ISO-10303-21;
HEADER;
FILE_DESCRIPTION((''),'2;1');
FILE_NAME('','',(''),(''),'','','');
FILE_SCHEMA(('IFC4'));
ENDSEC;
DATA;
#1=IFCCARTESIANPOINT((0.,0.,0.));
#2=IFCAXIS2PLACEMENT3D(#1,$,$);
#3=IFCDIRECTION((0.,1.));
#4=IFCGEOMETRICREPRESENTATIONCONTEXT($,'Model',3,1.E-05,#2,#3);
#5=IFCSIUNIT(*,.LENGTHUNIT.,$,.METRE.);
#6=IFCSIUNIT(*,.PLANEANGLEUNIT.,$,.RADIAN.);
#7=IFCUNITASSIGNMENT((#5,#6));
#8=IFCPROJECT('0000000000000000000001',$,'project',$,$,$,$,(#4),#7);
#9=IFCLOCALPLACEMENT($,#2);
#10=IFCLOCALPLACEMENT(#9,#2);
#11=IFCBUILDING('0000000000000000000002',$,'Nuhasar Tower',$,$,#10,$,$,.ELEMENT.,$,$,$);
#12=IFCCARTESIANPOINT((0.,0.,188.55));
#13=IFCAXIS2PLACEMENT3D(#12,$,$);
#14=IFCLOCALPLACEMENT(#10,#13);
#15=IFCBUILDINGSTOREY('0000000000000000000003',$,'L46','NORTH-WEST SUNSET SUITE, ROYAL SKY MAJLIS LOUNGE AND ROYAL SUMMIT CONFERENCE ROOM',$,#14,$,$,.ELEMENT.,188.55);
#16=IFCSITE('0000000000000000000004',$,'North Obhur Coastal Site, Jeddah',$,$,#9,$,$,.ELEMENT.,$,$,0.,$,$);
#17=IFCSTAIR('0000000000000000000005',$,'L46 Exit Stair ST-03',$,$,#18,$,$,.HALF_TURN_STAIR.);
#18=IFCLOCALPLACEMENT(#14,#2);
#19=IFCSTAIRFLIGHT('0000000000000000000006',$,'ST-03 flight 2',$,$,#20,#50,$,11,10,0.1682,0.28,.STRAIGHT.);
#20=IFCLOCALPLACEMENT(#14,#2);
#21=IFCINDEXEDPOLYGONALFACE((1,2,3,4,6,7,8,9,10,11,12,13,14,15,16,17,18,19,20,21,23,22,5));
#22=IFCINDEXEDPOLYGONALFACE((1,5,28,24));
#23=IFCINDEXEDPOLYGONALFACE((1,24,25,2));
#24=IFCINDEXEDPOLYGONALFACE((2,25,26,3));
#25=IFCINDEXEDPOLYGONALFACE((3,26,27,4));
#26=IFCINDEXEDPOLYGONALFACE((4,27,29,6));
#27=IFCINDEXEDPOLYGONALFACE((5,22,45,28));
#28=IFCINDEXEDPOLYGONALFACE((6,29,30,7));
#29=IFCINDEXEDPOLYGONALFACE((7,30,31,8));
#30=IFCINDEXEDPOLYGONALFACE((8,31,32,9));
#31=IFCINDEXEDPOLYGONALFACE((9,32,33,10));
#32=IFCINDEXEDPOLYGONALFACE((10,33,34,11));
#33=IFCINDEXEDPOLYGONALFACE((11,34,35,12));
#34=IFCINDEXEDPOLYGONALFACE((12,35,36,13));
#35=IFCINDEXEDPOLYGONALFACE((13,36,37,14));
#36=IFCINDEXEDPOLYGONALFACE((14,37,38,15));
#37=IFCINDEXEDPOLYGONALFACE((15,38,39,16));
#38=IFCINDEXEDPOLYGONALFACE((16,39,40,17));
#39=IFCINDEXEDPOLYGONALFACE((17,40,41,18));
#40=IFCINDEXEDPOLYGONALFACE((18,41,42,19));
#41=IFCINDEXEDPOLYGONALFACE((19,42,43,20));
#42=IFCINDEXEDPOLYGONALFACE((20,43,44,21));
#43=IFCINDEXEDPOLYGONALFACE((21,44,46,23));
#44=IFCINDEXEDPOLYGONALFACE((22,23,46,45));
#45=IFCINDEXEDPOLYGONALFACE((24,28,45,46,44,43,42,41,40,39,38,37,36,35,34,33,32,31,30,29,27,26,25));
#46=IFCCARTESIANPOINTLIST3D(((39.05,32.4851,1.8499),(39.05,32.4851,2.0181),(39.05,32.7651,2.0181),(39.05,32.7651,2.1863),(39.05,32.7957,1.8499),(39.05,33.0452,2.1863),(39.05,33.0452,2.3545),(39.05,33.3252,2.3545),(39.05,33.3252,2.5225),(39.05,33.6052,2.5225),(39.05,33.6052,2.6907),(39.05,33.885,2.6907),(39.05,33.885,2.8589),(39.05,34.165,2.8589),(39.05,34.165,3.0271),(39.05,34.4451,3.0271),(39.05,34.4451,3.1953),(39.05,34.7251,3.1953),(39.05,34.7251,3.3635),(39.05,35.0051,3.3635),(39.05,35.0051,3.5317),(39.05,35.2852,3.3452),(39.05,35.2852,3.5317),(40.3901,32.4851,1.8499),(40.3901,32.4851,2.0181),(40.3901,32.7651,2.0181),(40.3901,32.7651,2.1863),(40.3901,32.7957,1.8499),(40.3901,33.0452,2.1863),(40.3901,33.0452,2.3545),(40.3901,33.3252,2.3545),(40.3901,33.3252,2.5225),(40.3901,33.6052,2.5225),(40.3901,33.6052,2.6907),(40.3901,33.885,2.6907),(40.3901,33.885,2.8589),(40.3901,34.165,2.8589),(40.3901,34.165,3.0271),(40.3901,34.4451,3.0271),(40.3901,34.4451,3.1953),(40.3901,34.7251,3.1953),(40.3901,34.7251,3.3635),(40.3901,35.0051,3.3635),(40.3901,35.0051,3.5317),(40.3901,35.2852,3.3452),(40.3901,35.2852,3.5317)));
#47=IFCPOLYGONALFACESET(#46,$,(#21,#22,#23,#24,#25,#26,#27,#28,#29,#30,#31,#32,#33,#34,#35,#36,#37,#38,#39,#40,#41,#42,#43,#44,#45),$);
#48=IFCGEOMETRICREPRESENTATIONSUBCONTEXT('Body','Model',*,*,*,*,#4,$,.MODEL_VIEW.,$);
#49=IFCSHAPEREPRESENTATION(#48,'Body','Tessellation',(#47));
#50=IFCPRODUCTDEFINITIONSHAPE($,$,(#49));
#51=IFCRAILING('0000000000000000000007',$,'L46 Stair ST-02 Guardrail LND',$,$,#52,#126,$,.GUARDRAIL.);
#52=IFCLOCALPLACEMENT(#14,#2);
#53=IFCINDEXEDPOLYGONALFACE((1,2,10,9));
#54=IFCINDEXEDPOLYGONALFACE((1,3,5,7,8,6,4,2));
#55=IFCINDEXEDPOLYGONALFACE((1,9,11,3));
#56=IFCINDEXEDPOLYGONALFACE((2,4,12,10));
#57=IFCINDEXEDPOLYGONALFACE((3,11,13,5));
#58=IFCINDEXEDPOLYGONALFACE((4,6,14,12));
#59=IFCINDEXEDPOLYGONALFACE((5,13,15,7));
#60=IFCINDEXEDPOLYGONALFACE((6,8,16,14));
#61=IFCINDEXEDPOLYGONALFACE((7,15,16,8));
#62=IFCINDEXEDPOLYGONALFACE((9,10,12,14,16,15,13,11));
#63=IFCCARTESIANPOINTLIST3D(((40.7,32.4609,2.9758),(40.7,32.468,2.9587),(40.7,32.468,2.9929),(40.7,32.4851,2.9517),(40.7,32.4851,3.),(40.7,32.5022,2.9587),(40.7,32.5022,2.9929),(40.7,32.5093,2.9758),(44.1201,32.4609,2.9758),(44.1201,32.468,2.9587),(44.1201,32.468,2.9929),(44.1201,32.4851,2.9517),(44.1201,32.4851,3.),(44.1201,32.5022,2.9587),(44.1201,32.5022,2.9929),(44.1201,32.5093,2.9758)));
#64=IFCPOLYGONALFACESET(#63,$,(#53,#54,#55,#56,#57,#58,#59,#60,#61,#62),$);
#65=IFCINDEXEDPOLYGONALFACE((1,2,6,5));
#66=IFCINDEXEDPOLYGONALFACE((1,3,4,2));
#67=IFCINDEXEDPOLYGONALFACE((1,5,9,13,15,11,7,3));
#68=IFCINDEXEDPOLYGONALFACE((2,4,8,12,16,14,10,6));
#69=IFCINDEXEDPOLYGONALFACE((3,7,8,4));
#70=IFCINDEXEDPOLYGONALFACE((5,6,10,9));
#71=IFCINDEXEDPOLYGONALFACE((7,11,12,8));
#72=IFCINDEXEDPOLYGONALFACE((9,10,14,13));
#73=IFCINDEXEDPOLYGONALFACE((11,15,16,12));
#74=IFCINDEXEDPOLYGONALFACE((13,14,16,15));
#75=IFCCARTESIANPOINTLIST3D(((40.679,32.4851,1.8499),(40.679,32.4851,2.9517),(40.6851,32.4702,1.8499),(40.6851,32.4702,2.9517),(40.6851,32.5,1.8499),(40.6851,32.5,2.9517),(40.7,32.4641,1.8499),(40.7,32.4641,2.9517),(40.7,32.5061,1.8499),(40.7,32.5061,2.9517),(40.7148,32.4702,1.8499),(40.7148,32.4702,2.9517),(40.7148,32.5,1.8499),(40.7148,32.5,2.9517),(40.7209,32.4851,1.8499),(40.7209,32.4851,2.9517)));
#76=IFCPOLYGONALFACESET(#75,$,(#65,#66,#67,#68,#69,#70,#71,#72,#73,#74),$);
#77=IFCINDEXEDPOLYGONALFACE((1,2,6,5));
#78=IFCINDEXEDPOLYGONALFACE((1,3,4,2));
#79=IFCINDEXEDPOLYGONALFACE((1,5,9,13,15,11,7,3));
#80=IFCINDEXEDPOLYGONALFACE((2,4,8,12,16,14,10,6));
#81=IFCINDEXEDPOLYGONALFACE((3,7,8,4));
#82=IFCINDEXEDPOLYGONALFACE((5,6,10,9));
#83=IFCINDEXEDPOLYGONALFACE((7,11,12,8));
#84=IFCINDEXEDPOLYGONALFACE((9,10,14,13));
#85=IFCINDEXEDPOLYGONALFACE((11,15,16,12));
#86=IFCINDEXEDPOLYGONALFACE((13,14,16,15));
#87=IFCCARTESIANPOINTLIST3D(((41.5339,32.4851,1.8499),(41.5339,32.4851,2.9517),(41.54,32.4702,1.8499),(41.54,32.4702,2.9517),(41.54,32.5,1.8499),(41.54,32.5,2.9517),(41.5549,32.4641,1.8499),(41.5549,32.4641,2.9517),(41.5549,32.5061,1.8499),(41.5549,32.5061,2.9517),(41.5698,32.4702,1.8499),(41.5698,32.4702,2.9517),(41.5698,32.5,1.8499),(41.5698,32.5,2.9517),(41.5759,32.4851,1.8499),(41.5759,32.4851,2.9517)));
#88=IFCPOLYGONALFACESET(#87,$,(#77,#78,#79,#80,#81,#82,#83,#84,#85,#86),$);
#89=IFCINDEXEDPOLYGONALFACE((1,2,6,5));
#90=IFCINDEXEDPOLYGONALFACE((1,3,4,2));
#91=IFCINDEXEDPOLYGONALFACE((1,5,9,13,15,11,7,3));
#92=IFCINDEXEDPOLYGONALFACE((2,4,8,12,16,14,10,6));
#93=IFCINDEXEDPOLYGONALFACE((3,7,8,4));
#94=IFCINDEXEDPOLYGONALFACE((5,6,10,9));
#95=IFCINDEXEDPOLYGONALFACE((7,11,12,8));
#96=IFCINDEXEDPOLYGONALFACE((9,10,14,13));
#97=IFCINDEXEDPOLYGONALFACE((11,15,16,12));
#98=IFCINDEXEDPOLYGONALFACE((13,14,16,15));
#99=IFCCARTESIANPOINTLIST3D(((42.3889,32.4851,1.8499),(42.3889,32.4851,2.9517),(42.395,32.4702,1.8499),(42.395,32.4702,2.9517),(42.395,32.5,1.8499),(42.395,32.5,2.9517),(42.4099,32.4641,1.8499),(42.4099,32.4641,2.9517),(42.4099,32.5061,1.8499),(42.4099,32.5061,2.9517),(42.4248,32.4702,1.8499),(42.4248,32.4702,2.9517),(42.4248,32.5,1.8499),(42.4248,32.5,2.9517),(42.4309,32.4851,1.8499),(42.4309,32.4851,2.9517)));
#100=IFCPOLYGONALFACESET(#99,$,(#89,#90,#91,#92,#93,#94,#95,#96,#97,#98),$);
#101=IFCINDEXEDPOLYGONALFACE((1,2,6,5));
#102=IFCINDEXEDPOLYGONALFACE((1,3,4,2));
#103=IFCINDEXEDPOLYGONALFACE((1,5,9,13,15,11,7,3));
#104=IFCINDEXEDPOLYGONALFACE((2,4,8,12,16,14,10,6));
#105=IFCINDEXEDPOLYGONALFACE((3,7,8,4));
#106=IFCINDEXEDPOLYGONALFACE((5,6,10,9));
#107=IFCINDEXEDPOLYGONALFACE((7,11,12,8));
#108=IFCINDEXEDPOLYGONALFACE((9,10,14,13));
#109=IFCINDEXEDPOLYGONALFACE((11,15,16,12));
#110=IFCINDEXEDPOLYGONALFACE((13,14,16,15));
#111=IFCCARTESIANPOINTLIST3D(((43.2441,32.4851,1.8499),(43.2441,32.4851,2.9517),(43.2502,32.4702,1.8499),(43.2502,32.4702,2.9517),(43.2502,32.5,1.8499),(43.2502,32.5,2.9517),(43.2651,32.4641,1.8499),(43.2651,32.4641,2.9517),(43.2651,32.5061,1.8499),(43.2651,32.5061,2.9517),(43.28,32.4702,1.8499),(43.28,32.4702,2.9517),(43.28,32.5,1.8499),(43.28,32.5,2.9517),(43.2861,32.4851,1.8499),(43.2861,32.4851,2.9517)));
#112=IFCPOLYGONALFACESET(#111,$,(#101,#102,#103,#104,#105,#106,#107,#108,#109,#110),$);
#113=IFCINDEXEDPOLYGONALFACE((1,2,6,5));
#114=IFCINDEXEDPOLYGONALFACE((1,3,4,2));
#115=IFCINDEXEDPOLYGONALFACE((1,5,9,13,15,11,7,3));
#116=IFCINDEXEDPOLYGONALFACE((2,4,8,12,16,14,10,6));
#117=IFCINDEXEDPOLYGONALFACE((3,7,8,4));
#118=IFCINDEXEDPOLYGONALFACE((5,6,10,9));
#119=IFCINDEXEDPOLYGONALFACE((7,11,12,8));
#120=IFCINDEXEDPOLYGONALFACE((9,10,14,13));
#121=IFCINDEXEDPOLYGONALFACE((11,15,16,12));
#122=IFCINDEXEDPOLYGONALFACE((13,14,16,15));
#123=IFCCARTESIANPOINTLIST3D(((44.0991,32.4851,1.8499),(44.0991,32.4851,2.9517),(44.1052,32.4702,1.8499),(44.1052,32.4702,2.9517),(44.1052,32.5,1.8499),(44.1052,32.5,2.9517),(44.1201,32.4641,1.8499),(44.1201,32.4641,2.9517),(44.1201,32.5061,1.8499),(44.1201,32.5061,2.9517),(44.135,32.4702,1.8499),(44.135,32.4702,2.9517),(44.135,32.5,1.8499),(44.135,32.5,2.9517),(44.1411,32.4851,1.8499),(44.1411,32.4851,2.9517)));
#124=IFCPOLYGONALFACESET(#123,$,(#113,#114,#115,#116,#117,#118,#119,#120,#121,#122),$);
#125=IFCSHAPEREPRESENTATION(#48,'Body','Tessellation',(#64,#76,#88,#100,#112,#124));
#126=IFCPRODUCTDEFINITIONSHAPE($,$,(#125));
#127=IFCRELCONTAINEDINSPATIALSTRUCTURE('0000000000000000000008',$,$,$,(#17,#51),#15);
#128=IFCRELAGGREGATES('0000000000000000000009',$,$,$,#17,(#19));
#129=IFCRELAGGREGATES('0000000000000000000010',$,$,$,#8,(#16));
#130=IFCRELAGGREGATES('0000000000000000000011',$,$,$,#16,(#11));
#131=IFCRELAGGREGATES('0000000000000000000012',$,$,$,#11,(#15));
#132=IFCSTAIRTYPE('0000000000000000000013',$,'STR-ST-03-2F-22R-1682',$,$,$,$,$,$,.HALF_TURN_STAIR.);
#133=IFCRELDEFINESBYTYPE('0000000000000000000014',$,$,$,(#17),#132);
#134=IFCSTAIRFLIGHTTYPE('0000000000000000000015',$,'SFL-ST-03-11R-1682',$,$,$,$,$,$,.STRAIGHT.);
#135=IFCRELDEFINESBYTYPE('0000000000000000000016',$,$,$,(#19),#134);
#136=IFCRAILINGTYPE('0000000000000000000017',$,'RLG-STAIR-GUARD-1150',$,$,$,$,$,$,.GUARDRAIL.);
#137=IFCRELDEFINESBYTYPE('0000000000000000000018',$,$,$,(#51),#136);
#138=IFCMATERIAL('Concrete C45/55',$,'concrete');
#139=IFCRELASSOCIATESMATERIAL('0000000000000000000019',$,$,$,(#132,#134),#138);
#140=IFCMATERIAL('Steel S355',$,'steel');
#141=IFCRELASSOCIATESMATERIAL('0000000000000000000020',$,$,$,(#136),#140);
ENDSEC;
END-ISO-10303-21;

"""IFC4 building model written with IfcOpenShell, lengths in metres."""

from ifc_helpers import new_model, si_unit, direction, frame, origin, place, context, subcontext, project, spatial, polyline, outline, extrude, material, type_object, element, aggregate, save


model = new_model("IFC4")

# Units and contexts
model_context = context("Model", 3, precision=1e-05, world=origin(), true_north=direction((0.0, 1.0)))
body_context = subcontext(model_context, "Body", "Model", "MODEL_VIEW")
ifc_project = project(units=[si_unit("LENGTHUNIT", "METRE"), si_unit("PLANEANGLEUNIT", "RADIAN")], contexts=[model_context])

# Site, building, storey
site_placement = place(None, origin())
site = spatial("IfcSite", under=ifc_project, at=site_placement, Name="North Obhur Coastal Site, Jeddah", CompositionType="ELEMENT", RefElevation=0.0)
building_placement = place(site_placement, origin())
building = spatial("IfcBuilding", under=site, at=building_placement, Name="Nuhasar Tower", CompositionType="ELEMENT")
storey_placement = place(building_placement, frame((0.0, 0.0, 188.55)))
storey = spatial("IfcBuildingStorey", under=building, at=storey_placement, Name="L46", Description="NORTH-WEST SUNSET SUITE, ROYAL SKY MAJLIS LOUNGE AND ROYAL SUMMIT CONFERENCE ROOM", CompositionType="ELEMENT", Elevation=188.55)

# Shared definitions
ifc_material_1 = material(Name="Steel S355", Category="steel")

# Shared definitions
ifc_material_2 = material(Name="Concrete C45/55", Category="concrete")

# Stair, stair flight
stair_type_1 = type_object("IfcStairType", Name="STR-ST-03-2F-22R-1682", PredefinedType="HALF_TURN_STAIR", material=ifc_material_2)
stair_1_placement = place(storey_placement, origin())
stair_1 = element("IfcStair", 1, at=stair_1_placement, inside=storey, type_object=stair_type_1, Name="L46 Exit Stair ST-03", PredefinedType="HALF_TURN_STAIR")
stair_flight_type_1 = type_object("IfcStairFlightType", Name="SFL-ST-03-11R-1682", PredefinedType="STRAIGHT", material=ifc_material_2)
stair_flight_1_placement = place(storey_placement, frame((39.72, 32.4851, 1.8499), z_axis=(0.0, 0.0, 1.0), x_axis=(0.0, 1.0, 0.0)))
stair_flight_1 = element("IfcStairFlight", 2, at=stair_flight_1_placement, type_object=stair_flight_type_1, Name="ST-03 flight 2", NumberOfRisers=11, NumberOfTreads=10, PredefinedType="STRAIGHT", RiserHeight=0.1682, TreadLength=0.28, context=body_context, shape_type="SweptSolid", body=[
    extrude(outline(polyline([(0.0, 0.0), (0.0, 0.1682), (0.28, 0.1682), (0.28, 0.3364), (0.5601, 0.3364), (0.5601, 0.5046), (0.8401, 0.5046), (0.8401, 0.6726), (1.1201, 0.6726), (1.1201, 0.8408), (1.3999, 0.8408), (1.3999, 1.009), (1.6799, 1.009), (1.6799, 1.1772), (1.96, 1.1772), (1.96, 1.3455), (2.24, 1.3455), (2.24, 1.5137), (2.52, 1.5137), (2.52, 1.6819), (2.8, 1.6819), (2.8, 1.8501), (2.8, 1.4954), (0.3105, 0.0), (0.0, 0.0)])), frame((0.0, 0.6699, 0.0), z_axis=(0.0, -1.0, 0.0), x_axis=(1.0, 0.0, 0.0)), (0.0, 0.0, 1.0), 1.3401),
])
aggregate(stair_1, [stair_flight_1])

# Railing
railing_type_1 = type_object("IfcRailingType", Name="RLG-STAIR-GUARD-1150", PredefinedType="GUARDRAIL", material=ifc_material_1)
railing_1_placement = place(storey_placement, frame((40.7, 32.4851, 1.8499)))
element("IfcRailing", 3, at=railing_1_placement, inside=storey, type_object=railing_type_1, Name="L46 Stair ST-02 Guardrail LND", PredefinedType="GUARDRAIL", context=body_context, shape_type="SweptSolid", body=[
    extrude(outline(polyline([(0.0242, 0.0), (0.0171, 0.0171), (0.0, 0.0242), (-0.0171, 0.0171), (-0.0242, 0.0), (-0.0171, -0.0171), (0.0, -0.0242), (0.0171, -0.0171), (0.0242, 0.0)])), frame((0.0, 0.0, 1.126), z_axis=(1.0, 0.0, 0.0), x_axis=(0.0, 1.0, 0.0)), (0.0, 0.0, 1.0), 3.4202),
    extrude(outline(polyline([(0.021, 0.0), (0.0149, 0.0149), (0.0, 0.021), (-0.0149, 0.0149), (-0.021, 0.0), (-0.0149, -0.0149), (0.0, -0.021), (0.0149, -0.0149), (0.021, 0.0)])), origin(), (0.0, 0.0, 1.0), 1.1018),
    extrude(outline(polyline([(0.021, 0.0), (0.0149, 0.0149), (0.0, 0.021), (-0.0149, 0.0149), (-0.021, 0.0), (-0.0149, -0.0149), (0.0, -0.021), (0.0149, -0.0149), (0.021, 0.0)])), frame((0.855, 0.0, 0.0)), (0.0, 0.0, 1.0), 1.1018),
    extrude(outline(polyline([(0.021, 0.0), (0.0149, 0.0149), (0.0, 0.021), (-0.0149, 0.0149), (-0.021, 0.0), (-0.0149, -0.0149), (0.0, -0.021), (0.0149, -0.0149), (0.021, 0.0)])), frame((1.71, 0.0, 0.0)), (0.0, 0.0, 1.0), 1.1018),
    extrude(outline(polyline([(0.021, 0.0), (0.0149, 0.0149), (0.0, 0.021), (-0.0149, 0.0149), (-0.021, 0.0), (-0.0149, -0.0149), (0.0, -0.021), (0.0149, -0.0149), (0.021, 0.0)])), frame((2.5652, 0.0, 0.0)), (0.0, 0.0, 1.0), 1.1018),
    extrude(outline(polyline([(0.021, 0.0), (0.0149, 0.0149), (0.0, 0.021), (-0.0149, 0.0149), (-0.021, 0.0), (-0.0149, -0.0149), (0.0, -0.021), (0.0149, -0.0149), (0.021, 0.0)])), frame((3.4202, 0.0, 0.0)), (0.0, 0.0, 1.0), 1.1018),
])

save(model, "model.ifc")
